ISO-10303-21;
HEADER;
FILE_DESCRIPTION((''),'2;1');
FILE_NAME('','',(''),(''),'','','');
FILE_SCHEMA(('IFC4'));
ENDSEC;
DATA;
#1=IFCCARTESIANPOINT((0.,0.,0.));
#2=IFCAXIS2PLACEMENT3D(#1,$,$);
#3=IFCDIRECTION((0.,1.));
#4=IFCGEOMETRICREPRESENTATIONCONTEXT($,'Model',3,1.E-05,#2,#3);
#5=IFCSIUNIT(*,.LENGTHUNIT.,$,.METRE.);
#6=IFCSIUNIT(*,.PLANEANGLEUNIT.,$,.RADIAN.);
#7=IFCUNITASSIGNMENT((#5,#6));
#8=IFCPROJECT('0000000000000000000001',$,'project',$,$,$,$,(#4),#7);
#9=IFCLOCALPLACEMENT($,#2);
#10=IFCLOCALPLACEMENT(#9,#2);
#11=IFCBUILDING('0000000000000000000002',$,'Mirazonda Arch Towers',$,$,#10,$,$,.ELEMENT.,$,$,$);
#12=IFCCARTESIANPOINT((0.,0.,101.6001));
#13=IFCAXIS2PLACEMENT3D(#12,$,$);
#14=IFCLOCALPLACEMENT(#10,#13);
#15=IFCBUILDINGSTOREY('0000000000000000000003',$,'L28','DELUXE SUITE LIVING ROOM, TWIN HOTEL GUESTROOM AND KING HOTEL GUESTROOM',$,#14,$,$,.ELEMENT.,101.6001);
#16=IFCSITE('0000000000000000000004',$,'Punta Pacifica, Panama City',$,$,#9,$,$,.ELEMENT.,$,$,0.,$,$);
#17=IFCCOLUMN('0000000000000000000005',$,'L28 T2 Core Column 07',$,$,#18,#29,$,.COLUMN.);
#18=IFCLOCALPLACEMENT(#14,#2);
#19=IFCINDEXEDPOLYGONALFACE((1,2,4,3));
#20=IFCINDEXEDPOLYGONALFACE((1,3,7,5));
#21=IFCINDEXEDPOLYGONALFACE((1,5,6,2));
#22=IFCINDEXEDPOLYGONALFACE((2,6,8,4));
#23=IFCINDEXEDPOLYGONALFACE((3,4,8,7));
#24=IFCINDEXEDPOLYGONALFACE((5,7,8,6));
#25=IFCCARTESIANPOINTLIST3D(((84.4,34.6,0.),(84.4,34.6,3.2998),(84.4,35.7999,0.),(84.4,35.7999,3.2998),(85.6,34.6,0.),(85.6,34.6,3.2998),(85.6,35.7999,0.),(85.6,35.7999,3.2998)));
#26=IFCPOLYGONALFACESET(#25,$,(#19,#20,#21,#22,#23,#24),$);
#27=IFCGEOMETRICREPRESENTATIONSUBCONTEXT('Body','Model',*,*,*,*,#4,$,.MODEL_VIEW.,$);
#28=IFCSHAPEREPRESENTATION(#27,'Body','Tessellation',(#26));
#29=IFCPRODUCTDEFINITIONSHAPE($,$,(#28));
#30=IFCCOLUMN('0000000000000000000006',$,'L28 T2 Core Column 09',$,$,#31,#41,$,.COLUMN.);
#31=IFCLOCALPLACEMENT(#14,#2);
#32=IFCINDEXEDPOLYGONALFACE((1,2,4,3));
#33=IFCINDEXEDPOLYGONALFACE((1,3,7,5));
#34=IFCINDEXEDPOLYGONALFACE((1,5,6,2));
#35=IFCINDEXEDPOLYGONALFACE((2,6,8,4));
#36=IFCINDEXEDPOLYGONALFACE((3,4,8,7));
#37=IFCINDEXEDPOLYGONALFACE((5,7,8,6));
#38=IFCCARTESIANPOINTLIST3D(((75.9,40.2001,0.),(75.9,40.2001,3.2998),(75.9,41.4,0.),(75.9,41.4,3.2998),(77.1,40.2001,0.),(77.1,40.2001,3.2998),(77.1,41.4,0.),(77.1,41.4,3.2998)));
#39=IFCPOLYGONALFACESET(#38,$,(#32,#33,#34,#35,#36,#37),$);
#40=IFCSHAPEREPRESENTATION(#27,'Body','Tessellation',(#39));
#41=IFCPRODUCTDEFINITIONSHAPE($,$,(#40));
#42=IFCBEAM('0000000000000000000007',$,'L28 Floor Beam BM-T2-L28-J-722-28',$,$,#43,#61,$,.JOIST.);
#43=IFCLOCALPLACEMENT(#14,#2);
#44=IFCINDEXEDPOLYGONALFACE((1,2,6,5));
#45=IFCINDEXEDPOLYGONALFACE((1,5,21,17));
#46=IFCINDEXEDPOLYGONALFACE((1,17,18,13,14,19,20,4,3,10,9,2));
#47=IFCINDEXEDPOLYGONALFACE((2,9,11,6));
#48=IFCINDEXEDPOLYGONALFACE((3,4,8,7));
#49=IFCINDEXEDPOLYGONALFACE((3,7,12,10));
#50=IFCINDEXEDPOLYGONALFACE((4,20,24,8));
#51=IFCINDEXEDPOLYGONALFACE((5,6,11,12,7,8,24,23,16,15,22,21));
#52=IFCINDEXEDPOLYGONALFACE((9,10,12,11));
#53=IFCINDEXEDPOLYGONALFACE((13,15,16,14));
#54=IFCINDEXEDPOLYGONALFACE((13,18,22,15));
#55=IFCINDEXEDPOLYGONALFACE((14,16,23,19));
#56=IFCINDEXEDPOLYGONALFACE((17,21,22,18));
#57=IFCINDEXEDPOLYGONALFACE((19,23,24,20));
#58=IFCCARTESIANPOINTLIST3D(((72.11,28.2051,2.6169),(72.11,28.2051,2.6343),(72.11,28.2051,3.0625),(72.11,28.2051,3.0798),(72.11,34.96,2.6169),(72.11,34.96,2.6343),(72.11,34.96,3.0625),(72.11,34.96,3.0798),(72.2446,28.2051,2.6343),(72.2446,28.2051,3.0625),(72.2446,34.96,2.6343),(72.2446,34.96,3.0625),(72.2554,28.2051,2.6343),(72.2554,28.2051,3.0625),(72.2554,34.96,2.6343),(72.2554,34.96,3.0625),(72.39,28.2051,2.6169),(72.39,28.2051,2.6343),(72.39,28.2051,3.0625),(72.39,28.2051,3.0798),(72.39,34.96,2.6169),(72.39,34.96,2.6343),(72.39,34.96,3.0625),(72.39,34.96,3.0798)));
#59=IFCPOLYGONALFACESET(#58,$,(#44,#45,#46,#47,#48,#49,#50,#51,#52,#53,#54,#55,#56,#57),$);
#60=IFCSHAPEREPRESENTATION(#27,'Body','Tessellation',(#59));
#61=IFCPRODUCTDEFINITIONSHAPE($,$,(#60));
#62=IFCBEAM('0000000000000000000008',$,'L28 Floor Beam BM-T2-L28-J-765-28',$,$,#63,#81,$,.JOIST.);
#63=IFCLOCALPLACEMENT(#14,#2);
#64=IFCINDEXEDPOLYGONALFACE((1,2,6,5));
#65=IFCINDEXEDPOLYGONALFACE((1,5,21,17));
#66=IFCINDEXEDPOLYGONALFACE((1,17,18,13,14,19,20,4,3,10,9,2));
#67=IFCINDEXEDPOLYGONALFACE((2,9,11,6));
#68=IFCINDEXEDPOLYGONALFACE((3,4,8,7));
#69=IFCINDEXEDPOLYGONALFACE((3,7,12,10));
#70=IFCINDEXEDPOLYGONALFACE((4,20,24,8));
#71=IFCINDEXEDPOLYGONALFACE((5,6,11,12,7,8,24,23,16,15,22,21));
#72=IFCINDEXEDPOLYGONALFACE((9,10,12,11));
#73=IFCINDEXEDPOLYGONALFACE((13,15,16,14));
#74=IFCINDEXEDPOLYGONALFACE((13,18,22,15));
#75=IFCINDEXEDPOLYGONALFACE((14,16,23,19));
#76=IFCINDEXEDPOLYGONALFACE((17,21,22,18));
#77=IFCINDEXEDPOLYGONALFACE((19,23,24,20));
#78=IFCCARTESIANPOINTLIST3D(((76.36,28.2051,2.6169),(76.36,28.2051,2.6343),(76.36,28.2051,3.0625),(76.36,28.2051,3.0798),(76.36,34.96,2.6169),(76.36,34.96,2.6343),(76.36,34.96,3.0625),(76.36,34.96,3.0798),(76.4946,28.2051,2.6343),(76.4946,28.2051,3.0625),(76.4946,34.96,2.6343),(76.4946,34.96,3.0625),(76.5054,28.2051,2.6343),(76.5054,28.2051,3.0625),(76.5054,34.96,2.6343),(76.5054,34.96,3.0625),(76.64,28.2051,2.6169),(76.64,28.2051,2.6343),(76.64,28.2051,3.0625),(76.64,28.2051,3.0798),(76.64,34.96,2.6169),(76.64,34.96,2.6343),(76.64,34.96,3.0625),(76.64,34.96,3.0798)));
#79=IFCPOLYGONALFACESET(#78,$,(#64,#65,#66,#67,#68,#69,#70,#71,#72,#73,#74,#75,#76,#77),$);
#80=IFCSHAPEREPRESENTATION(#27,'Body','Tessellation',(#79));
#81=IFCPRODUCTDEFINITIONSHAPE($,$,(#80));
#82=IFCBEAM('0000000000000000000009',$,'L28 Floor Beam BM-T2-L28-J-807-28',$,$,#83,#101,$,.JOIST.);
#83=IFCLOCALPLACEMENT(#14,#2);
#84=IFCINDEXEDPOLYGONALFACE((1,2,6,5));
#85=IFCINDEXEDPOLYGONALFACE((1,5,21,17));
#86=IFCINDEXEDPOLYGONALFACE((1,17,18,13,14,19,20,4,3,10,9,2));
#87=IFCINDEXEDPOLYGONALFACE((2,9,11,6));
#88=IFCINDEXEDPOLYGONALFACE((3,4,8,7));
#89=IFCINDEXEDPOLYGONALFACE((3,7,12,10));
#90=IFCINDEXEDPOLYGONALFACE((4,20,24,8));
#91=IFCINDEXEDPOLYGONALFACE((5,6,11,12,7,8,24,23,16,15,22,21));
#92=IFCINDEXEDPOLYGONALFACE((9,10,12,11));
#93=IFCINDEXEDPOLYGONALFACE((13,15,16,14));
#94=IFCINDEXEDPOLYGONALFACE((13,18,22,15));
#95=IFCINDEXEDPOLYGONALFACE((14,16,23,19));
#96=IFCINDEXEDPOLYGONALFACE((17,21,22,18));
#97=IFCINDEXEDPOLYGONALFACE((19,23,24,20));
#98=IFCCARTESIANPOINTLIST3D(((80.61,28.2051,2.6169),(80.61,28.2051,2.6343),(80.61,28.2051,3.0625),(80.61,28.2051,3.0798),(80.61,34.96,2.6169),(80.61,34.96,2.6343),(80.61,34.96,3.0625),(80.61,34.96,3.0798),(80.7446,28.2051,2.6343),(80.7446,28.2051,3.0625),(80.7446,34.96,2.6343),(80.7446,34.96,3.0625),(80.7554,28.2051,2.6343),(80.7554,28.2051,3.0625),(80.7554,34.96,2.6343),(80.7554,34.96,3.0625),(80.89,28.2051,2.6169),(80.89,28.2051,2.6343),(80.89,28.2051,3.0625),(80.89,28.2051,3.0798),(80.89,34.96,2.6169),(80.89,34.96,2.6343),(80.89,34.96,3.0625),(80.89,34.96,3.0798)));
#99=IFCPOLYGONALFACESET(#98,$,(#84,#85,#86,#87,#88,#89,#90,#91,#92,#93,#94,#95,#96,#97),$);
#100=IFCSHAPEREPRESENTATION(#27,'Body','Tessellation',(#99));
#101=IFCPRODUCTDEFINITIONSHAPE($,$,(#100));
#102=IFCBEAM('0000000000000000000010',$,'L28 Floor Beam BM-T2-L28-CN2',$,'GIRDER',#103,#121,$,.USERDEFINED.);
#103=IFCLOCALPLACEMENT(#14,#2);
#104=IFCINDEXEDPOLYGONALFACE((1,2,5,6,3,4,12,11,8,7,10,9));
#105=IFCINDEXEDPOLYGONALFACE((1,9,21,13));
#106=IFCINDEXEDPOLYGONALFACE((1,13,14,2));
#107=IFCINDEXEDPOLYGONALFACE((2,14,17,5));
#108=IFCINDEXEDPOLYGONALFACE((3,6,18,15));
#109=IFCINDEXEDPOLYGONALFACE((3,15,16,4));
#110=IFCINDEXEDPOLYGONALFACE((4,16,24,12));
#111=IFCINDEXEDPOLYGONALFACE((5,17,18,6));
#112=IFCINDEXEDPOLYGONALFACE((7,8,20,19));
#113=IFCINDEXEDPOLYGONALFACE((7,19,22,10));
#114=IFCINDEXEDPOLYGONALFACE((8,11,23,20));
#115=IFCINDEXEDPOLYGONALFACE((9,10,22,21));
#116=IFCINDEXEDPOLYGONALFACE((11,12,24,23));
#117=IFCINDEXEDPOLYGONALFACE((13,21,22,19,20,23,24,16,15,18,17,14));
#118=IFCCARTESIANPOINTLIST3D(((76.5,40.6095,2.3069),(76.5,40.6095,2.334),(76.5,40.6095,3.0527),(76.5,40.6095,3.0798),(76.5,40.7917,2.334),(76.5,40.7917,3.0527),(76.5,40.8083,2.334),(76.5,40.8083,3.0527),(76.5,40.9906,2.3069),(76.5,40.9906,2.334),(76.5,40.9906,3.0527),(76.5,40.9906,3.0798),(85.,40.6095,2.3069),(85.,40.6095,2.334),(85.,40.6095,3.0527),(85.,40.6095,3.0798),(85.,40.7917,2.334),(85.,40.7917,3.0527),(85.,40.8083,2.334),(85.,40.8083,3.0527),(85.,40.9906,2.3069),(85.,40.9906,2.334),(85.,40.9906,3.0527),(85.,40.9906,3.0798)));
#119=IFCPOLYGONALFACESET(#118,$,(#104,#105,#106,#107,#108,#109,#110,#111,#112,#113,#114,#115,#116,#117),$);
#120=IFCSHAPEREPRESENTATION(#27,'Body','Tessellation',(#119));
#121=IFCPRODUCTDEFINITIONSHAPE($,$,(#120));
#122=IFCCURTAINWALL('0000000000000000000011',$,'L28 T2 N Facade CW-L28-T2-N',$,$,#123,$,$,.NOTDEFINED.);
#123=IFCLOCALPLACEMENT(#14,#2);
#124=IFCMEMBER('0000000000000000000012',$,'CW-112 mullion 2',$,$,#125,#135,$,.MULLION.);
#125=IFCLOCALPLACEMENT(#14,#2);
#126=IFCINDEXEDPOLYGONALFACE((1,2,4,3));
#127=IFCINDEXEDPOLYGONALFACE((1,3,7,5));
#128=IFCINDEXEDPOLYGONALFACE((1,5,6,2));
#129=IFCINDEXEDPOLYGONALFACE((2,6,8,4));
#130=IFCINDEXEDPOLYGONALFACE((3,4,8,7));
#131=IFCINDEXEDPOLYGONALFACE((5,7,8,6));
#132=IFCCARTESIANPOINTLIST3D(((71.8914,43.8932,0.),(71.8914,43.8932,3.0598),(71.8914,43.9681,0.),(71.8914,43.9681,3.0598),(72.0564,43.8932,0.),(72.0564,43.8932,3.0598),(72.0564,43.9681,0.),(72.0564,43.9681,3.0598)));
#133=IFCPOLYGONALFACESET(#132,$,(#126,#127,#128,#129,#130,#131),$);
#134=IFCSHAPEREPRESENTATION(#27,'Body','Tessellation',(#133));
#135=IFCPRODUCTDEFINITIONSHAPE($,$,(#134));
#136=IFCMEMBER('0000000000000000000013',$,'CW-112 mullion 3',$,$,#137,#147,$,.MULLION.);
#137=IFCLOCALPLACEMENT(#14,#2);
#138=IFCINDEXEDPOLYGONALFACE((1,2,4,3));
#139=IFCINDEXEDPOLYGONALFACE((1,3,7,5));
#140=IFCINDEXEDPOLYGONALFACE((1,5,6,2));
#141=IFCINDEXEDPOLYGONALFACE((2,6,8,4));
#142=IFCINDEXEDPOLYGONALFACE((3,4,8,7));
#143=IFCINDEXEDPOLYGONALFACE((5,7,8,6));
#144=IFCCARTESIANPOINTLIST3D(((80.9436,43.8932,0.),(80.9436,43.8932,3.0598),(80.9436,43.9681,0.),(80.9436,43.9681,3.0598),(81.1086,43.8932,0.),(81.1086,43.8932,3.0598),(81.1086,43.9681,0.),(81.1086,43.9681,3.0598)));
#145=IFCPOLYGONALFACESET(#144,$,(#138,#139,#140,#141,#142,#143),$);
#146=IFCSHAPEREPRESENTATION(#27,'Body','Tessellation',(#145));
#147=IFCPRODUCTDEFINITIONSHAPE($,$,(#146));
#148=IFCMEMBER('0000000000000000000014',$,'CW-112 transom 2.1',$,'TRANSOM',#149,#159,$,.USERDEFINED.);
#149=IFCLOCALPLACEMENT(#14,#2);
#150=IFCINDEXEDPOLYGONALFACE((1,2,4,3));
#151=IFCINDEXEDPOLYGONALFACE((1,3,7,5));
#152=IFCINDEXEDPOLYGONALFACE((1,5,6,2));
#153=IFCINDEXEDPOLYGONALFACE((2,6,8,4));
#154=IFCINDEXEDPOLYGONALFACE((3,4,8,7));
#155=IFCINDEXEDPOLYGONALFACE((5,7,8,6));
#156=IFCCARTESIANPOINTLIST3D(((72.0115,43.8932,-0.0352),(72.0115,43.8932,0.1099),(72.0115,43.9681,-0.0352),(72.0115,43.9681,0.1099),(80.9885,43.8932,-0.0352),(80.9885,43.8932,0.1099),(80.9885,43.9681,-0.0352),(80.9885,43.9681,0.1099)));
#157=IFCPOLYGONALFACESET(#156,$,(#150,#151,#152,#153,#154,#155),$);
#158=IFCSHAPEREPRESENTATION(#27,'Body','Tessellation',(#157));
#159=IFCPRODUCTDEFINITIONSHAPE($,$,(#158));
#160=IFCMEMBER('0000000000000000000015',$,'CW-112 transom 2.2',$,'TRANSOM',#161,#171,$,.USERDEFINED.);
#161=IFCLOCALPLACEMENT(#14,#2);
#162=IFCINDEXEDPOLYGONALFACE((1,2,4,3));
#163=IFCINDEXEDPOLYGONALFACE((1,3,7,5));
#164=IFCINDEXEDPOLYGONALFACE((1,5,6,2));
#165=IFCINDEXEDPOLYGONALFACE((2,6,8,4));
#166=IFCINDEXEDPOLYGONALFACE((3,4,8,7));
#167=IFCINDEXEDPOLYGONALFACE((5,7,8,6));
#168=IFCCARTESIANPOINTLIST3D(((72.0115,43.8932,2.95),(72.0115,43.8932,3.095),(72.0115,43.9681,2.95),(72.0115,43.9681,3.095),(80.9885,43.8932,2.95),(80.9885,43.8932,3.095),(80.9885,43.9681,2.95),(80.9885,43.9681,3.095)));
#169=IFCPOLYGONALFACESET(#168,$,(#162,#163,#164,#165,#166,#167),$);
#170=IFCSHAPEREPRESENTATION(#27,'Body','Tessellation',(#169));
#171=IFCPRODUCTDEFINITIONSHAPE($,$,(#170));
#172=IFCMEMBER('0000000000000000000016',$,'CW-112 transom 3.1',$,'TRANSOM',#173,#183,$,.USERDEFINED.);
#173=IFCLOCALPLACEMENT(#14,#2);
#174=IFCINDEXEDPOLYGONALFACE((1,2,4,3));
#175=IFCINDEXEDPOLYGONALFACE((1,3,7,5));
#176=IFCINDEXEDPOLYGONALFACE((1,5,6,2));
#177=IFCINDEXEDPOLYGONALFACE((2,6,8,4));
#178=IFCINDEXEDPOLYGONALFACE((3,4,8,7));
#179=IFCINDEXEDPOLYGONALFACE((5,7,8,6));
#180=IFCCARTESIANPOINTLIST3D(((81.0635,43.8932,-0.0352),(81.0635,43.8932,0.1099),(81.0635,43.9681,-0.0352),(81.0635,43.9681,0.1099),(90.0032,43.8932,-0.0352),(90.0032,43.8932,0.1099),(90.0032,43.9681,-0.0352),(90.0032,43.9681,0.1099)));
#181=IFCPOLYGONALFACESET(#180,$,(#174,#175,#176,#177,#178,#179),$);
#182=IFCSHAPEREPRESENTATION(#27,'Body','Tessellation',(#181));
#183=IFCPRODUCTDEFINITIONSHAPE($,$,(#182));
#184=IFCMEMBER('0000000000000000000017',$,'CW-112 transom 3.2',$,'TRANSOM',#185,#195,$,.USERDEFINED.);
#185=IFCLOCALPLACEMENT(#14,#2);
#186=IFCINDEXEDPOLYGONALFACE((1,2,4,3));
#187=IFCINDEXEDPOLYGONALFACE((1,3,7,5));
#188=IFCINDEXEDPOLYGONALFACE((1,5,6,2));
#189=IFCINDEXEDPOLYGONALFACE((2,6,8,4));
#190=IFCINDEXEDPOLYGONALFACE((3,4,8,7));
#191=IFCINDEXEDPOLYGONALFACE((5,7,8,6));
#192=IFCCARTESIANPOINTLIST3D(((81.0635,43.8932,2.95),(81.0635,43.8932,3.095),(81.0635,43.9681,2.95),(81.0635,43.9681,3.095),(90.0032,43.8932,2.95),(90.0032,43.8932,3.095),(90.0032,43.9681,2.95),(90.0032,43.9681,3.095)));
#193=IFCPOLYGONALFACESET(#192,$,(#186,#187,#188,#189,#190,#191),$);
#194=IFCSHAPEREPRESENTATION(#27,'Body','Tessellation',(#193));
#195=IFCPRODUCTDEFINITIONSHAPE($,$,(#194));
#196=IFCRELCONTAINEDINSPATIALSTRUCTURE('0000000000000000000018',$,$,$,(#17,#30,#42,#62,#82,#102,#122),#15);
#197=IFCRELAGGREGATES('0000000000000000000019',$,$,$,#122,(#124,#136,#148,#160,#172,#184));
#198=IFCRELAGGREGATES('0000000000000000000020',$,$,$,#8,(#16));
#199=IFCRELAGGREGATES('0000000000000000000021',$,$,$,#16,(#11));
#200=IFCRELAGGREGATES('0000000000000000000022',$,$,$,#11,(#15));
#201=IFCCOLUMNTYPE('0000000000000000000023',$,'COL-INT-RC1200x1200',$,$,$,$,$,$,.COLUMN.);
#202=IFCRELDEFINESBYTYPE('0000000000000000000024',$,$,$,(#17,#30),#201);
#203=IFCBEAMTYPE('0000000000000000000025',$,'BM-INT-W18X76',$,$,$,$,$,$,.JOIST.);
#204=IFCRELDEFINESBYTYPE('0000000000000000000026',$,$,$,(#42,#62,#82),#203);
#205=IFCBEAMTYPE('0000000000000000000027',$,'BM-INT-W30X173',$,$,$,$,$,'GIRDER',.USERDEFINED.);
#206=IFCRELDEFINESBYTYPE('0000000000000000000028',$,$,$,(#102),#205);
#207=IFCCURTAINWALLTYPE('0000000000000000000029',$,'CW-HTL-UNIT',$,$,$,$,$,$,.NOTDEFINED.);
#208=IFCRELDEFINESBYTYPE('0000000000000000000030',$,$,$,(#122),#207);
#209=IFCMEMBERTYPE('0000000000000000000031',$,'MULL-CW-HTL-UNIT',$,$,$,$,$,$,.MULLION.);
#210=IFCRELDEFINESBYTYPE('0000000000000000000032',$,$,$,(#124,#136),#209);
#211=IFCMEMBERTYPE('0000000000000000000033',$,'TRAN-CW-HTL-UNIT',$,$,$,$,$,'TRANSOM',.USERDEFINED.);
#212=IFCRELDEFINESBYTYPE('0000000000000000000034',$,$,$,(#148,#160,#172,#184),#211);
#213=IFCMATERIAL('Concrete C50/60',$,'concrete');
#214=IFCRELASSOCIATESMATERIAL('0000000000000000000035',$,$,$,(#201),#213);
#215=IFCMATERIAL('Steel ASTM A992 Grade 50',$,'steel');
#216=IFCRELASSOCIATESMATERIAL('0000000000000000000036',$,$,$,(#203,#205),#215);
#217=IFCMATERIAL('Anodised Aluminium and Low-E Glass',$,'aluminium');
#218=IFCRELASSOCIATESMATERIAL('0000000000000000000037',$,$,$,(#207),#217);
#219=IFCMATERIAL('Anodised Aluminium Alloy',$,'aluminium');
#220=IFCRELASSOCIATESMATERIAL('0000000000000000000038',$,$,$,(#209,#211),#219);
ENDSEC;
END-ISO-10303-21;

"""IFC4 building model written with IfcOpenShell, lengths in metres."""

from ifc_helpers import new_model, si_unit, direction, frame, origin, origin_2d, place, context, subcontext, project, spatial, rectangle, i_section, extrude, material, material_profile, profile_set, type_object, element, aggregate, save


model = new_model("IFC4")

# Units and contexts
model_context = context("Model", 3, precision=1e-05, world=origin(), true_north=direction((0.0, 1.0)))
body_context = subcontext(model_context, "Body", "Model", "MODEL_VIEW")
ifc_project = project(units=[si_unit("LENGTHUNIT", "METRE"), si_unit("PLANEANGLEUNIT", "RADIAN")], contexts=[model_context])

# Site, building, storey
site_placement = place(None, origin())
site = spatial("IfcSite", under=ifc_project, at=site_placement, Name="Punta Pacifica, Panama City", CompositionType="ELEMENT", RefElevation=0.0)
building_placement = place(site_placement, origin())
building = spatial("IfcBuilding", under=site, at=building_placement, Name="Mirazonda Arch Towers", CompositionType="ELEMENT")
storey_placement = place(building_placement, frame((0.0, 0.0, 101.6001)))
storey = spatial("IfcBuildingStorey", under=building, at=storey_placement, Name="L28", Description="DELUXE SUITE LIVING ROOM, TWIN HOTEL GUESTROOM AND KING HOTEL GUESTROOM", CompositionType="ELEMENT", Elevation=101.6001)

# Columns
ifc_material_1 = material(Name="Concrete C50/60", Category="concrete")
ifc_material_profile_1 = material_profile(ifc_material_1, rectangle(XDim=1.2, YDim=1.2, at=origin_2d()), Name="RC1200x1200")
ifc_profile_set_1 = profile_set([ifc_material_profile_1], Name="Concrete C50/60")
column_type = type_object("IfcColumnType", Name="COL-INT-RC1200x1200", PredefinedType="COLUMN", material=ifc_profile_set_1)
for number, where, z_axis, x_axis, name in (
    (1, (85.0, 35.2, 0.0), (0.0, 0.0, 1.0), (1.0, 0.0, 0.0), "L28 T2 Core Column 07"),
    (2, (76.5, 40.8, 0.0), (0.0, 0.0, 1.0), (1.0, 0.0, 0.0), "L28 T2 Core Column 09"),
):
    element("IfcColumn", number, at=place(storey_placement, frame(where, z_axis=z_axis, x_axis=x_axis)), inside=storey, type_object=column_type, Name=name, PredefinedType="COLUMN", context=body_context, shape_type="SweptSolid", body=[
        extrude(rectangle(XDim=1.2, YDim=1.2, at=origin_2d()), origin(), (0.0, 0.0, 1.0), 3.2998),
    ])

# Beams
ifc_material_2 = material(Name="Steel ASTM A992 Grade 50", Category="steel")
ifc_material_profile_2 = material_profile(ifc_material_2, i_section(OverallWidth=0.28, OverallDepth=0.4629, WebThickness=0.0107, FlangeThickness=0.0173, at=origin_2d()), Name="W18X76")
ifc_profile_set_2 = profile_set([ifc_material_profile_2], Name="Steel ASTM A992 Grade 50")
beam_type_1 = type_object("IfcBeamType", Name="BM-INT-W18X76", PredefinedType="JOIST", material=ifc_profile_set_2)
for number, where, z_axis, x_axis, name in (
    (3, (72.25, 28.2051, 2.8484), (0.0, 1.0, 0.0), (-1.0, 0.0, 0.0), "L28 Floor Beam BM-T2-L28-J-722-28"),
    (4, (76.5, 28.2051, 2.8484), (0.0, 1.0, 0.0), (-1.0, 0.0, 0.0), "L28 Floor Beam BM-T2-L28-J-765-28"),
    (5, (80.75, 28.2051, 2.8484), (0.0, 1.0, 0.0), (-1.0, 0.0, 0.0), "L28 Floor Beam BM-T2-L28-J-807-28"),
):
    element("IfcBeam", number, at=place(storey_placement, frame(where, z_axis=z_axis, x_axis=x_axis)), inside=storey, type_object=beam_type_1, Name=name, PredefinedType="JOIST", context=body_context, shape_type="SweptSolid", body=[
        extrude(i_section(OverallWidth=0.28, OverallDepth=0.4629, WebThickness=0.0107, FlangeThickness=0.0173, at=origin_2d()), origin(), (0.0, 0.0, 1.0), 6.7549),
    ])
ifc_material_profile_3 = material_profile(ifc_material_2, i_section(OverallWidth=0.3811, OverallDepth=0.7729, WebThickness=0.0166, FlangeThickness=0.0271, at=origin_2d()), Name="W30X173")
ifc_profile_set_3 = profile_set([ifc_material_profile_3], Name="Steel ASTM A992 Grade 50")
beam_type_2 = type_object("IfcBeamType", Name="BM-INT-W30X173", ElementType="GIRDER", PredefinedType="USERDEFINED", material=ifc_profile_set_3)
beam_placement = place(storey_placement, frame((76.5, 40.8, 2.6934), z_axis=(1.0, 0.0, 0.0), x_axis=(0.0, 1.0, 0.0)))
element("IfcBeam", 6, at=beam_placement, inside=storey, type_object=beam_type_2, Name="L28 Floor Beam BM-T2-L28-CN2", ObjectType="GIRDER", PredefinedType="USERDEFINED", context=body_context, shape_type="SweptSolid", body=[
    extrude(i_section(OverallWidth=0.3811, OverallDepth=0.7729, WebThickness=0.0166, FlangeThickness=0.0271, at=origin_2d()), origin(), (0.0, 0.0, 1.0), 8.5),
])

# Curtain wall, members
ifc_material_3 = material(Name="Anodised Aluminium and Low-E Glass", Category="aluminium")
curtain_wall_type = type_object("IfcCurtainWallType", Name="CW-HTL-UNIT", PredefinedType="NOTDEFINED", material=ifc_material_3)
curtain_wall_placement = place(storey_placement, origin())
curtain_wall = element("IfcCurtainWall", 7, at=curtain_wall_placement, inside=storey, type_object=curtain_wall_type, Name="L28 T2 N Facade CW-L28-T2-N", PredefinedType="NOTDEFINED")
ifc_material_4 = material(Name="Anodised Aluminium Alloy", Category="aluminium")
ifc_material_profile_4 = material_profile(ifc_material_4, rectangle(XDim=0.075, YDim=0.165, at=origin_2d()), Name="ALU-MULL-75x165")
ifc_profile_set_4 = profile_set([ifc_material_profile_4], Name="Anodised Aluminium Alloy")
member_type_1 = type_object("IfcMemberType", Name="MULL-CW-HTL-UNIT", PredefinedType="MULLION", material=ifc_profile_set_4)
member_1_placement = place(storey_placement, frame((71.9739, 43.9307, 0.0), z_axis=(0.0, 0.0, 1.0), x_axis=(0.0, 1.0, 0.0)))
member_1 = element("IfcMember", 8, at=member_1_placement, type_object=member_type_1, Name="CW-112 mullion 2", PredefinedType="MULLION", context=body_context, shape_type="SweptSolid", body=[
    extrude(rectangle(XDim=0.075, YDim=0.165, at=origin_2d()), origin(), (0.0, 0.0, 1.0), 3.0598),
])
member_2_placement = place(storey_placement, frame((81.0261, 43.9307, 0.0), z_axis=(0.0, 0.0, 1.0), x_axis=(0.0, 1.0, 0.0)))
member_2 = element("IfcMember", 9, at=member_2_placement, type_object=member_type_1, Name="CW-112 mullion 3", PredefinedType="MULLION", context=body_context, shape_type="SweptSolid", body=[
    extrude(rectangle(XDim=0.075, YDim=0.165, at=origin_2d()), origin(), (0.0, 0.0, 1.0), 3.0598),
])
ifc_material_profile_5 = material_profile(ifc_material_4, rectangle(XDim=0.075, YDim=0.145, at=origin_2d()), Name="ALU-TRAN-75x145")
ifc_profile_set_5 = profile_set([ifc_material_profile_5], Name="Anodised Aluminium Alloy")
member_type_2 = type_object("IfcMemberType", Name="TRAN-CW-HTL-UNIT", ElementType="TRANSOM", PredefinedType="USERDEFINED", material=ifc_profile_set_5)
member_3_placement = place(storey_placement, frame((72.0115, 43.9307, 0.0374), z_axis=(1.0, 0.0, 0.0), x_axis=(0.0, 1.0, 0.0)))
member_3 = element("IfcMember", 10, at=member_3_placement, type_object=member_type_2, Name="CW-112 transom 2.1", ObjectType="TRANSOM", PredefinedType="USERDEFINED", context=body_context, shape_type="SweptSolid", body=[
    extrude(rectangle(XDim=0.075, YDim=0.145, at=origin_2d()), origin(), (0.0, 0.0, 1.0), 8.9771),
])
member_4_placement = place(storey_placement, frame((72.0115, 43.9307, 3.0225), z_axis=(1.0, 0.0, 0.0), x_axis=(0.0, 1.0, 0.0)))
member_4 = element("IfcMember", 11, at=member_4_placement, type_object=member_type_2, Name="CW-112 transom 2.2", ObjectType="TRANSOM", PredefinedType="USERDEFINED", context=body_context, shape_type="SweptSolid", body=[
    extrude(rectangle(XDim=0.075, YDim=0.145, at=origin_2d()), origin(), (0.0, 0.0, 1.0), 8.9771),
])
member_5_placement = place(storey_placement, frame((81.0635, 43.9307, 0.0374), z_axis=(1.0, 0.0, 0.0), x_axis=(0.0, 1.0, 0.0)))
member_5 = element("IfcMember", 12, at=member_5_placement, type_object=member_type_2, Name="CW-112 transom 3.1", ObjectType="TRANSOM", PredefinedType="USERDEFINED", context=body_context, shape_type="SweptSolid", body=[
    extrude(rectangle(XDim=0.075, YDim=0.145, at=origin_2d()), origin(), (0.0, 0.0, 1.0), 8.9397),
])
member_6_placement = place(storey_placement, frame((81.0635, 43.9307, 3.0225), z_axis=(1.0, 0.0, 0.0), x_axis=(0.0, 1.0, 0.0)))
member_6 = element("IfcMember", 13, at=member_6_placement, type_object=member_type_2, Name="CW-112 transom 3.2", ObjectType="TRANSOM", PredefinedType="USERDEFINED", context=body_context, shape_type="SweptSolid", body=[
    extrude(rectangle(XDim=0.075, YDim=0.145, at=origin_2d()), origin(), (0.0, 0.0, 1.0), 8.9397),
])
aggregate(curtain_wall, [member_1, member_2, member_3, member_4, member_5, member_6])

save(model, "model.ifc")
